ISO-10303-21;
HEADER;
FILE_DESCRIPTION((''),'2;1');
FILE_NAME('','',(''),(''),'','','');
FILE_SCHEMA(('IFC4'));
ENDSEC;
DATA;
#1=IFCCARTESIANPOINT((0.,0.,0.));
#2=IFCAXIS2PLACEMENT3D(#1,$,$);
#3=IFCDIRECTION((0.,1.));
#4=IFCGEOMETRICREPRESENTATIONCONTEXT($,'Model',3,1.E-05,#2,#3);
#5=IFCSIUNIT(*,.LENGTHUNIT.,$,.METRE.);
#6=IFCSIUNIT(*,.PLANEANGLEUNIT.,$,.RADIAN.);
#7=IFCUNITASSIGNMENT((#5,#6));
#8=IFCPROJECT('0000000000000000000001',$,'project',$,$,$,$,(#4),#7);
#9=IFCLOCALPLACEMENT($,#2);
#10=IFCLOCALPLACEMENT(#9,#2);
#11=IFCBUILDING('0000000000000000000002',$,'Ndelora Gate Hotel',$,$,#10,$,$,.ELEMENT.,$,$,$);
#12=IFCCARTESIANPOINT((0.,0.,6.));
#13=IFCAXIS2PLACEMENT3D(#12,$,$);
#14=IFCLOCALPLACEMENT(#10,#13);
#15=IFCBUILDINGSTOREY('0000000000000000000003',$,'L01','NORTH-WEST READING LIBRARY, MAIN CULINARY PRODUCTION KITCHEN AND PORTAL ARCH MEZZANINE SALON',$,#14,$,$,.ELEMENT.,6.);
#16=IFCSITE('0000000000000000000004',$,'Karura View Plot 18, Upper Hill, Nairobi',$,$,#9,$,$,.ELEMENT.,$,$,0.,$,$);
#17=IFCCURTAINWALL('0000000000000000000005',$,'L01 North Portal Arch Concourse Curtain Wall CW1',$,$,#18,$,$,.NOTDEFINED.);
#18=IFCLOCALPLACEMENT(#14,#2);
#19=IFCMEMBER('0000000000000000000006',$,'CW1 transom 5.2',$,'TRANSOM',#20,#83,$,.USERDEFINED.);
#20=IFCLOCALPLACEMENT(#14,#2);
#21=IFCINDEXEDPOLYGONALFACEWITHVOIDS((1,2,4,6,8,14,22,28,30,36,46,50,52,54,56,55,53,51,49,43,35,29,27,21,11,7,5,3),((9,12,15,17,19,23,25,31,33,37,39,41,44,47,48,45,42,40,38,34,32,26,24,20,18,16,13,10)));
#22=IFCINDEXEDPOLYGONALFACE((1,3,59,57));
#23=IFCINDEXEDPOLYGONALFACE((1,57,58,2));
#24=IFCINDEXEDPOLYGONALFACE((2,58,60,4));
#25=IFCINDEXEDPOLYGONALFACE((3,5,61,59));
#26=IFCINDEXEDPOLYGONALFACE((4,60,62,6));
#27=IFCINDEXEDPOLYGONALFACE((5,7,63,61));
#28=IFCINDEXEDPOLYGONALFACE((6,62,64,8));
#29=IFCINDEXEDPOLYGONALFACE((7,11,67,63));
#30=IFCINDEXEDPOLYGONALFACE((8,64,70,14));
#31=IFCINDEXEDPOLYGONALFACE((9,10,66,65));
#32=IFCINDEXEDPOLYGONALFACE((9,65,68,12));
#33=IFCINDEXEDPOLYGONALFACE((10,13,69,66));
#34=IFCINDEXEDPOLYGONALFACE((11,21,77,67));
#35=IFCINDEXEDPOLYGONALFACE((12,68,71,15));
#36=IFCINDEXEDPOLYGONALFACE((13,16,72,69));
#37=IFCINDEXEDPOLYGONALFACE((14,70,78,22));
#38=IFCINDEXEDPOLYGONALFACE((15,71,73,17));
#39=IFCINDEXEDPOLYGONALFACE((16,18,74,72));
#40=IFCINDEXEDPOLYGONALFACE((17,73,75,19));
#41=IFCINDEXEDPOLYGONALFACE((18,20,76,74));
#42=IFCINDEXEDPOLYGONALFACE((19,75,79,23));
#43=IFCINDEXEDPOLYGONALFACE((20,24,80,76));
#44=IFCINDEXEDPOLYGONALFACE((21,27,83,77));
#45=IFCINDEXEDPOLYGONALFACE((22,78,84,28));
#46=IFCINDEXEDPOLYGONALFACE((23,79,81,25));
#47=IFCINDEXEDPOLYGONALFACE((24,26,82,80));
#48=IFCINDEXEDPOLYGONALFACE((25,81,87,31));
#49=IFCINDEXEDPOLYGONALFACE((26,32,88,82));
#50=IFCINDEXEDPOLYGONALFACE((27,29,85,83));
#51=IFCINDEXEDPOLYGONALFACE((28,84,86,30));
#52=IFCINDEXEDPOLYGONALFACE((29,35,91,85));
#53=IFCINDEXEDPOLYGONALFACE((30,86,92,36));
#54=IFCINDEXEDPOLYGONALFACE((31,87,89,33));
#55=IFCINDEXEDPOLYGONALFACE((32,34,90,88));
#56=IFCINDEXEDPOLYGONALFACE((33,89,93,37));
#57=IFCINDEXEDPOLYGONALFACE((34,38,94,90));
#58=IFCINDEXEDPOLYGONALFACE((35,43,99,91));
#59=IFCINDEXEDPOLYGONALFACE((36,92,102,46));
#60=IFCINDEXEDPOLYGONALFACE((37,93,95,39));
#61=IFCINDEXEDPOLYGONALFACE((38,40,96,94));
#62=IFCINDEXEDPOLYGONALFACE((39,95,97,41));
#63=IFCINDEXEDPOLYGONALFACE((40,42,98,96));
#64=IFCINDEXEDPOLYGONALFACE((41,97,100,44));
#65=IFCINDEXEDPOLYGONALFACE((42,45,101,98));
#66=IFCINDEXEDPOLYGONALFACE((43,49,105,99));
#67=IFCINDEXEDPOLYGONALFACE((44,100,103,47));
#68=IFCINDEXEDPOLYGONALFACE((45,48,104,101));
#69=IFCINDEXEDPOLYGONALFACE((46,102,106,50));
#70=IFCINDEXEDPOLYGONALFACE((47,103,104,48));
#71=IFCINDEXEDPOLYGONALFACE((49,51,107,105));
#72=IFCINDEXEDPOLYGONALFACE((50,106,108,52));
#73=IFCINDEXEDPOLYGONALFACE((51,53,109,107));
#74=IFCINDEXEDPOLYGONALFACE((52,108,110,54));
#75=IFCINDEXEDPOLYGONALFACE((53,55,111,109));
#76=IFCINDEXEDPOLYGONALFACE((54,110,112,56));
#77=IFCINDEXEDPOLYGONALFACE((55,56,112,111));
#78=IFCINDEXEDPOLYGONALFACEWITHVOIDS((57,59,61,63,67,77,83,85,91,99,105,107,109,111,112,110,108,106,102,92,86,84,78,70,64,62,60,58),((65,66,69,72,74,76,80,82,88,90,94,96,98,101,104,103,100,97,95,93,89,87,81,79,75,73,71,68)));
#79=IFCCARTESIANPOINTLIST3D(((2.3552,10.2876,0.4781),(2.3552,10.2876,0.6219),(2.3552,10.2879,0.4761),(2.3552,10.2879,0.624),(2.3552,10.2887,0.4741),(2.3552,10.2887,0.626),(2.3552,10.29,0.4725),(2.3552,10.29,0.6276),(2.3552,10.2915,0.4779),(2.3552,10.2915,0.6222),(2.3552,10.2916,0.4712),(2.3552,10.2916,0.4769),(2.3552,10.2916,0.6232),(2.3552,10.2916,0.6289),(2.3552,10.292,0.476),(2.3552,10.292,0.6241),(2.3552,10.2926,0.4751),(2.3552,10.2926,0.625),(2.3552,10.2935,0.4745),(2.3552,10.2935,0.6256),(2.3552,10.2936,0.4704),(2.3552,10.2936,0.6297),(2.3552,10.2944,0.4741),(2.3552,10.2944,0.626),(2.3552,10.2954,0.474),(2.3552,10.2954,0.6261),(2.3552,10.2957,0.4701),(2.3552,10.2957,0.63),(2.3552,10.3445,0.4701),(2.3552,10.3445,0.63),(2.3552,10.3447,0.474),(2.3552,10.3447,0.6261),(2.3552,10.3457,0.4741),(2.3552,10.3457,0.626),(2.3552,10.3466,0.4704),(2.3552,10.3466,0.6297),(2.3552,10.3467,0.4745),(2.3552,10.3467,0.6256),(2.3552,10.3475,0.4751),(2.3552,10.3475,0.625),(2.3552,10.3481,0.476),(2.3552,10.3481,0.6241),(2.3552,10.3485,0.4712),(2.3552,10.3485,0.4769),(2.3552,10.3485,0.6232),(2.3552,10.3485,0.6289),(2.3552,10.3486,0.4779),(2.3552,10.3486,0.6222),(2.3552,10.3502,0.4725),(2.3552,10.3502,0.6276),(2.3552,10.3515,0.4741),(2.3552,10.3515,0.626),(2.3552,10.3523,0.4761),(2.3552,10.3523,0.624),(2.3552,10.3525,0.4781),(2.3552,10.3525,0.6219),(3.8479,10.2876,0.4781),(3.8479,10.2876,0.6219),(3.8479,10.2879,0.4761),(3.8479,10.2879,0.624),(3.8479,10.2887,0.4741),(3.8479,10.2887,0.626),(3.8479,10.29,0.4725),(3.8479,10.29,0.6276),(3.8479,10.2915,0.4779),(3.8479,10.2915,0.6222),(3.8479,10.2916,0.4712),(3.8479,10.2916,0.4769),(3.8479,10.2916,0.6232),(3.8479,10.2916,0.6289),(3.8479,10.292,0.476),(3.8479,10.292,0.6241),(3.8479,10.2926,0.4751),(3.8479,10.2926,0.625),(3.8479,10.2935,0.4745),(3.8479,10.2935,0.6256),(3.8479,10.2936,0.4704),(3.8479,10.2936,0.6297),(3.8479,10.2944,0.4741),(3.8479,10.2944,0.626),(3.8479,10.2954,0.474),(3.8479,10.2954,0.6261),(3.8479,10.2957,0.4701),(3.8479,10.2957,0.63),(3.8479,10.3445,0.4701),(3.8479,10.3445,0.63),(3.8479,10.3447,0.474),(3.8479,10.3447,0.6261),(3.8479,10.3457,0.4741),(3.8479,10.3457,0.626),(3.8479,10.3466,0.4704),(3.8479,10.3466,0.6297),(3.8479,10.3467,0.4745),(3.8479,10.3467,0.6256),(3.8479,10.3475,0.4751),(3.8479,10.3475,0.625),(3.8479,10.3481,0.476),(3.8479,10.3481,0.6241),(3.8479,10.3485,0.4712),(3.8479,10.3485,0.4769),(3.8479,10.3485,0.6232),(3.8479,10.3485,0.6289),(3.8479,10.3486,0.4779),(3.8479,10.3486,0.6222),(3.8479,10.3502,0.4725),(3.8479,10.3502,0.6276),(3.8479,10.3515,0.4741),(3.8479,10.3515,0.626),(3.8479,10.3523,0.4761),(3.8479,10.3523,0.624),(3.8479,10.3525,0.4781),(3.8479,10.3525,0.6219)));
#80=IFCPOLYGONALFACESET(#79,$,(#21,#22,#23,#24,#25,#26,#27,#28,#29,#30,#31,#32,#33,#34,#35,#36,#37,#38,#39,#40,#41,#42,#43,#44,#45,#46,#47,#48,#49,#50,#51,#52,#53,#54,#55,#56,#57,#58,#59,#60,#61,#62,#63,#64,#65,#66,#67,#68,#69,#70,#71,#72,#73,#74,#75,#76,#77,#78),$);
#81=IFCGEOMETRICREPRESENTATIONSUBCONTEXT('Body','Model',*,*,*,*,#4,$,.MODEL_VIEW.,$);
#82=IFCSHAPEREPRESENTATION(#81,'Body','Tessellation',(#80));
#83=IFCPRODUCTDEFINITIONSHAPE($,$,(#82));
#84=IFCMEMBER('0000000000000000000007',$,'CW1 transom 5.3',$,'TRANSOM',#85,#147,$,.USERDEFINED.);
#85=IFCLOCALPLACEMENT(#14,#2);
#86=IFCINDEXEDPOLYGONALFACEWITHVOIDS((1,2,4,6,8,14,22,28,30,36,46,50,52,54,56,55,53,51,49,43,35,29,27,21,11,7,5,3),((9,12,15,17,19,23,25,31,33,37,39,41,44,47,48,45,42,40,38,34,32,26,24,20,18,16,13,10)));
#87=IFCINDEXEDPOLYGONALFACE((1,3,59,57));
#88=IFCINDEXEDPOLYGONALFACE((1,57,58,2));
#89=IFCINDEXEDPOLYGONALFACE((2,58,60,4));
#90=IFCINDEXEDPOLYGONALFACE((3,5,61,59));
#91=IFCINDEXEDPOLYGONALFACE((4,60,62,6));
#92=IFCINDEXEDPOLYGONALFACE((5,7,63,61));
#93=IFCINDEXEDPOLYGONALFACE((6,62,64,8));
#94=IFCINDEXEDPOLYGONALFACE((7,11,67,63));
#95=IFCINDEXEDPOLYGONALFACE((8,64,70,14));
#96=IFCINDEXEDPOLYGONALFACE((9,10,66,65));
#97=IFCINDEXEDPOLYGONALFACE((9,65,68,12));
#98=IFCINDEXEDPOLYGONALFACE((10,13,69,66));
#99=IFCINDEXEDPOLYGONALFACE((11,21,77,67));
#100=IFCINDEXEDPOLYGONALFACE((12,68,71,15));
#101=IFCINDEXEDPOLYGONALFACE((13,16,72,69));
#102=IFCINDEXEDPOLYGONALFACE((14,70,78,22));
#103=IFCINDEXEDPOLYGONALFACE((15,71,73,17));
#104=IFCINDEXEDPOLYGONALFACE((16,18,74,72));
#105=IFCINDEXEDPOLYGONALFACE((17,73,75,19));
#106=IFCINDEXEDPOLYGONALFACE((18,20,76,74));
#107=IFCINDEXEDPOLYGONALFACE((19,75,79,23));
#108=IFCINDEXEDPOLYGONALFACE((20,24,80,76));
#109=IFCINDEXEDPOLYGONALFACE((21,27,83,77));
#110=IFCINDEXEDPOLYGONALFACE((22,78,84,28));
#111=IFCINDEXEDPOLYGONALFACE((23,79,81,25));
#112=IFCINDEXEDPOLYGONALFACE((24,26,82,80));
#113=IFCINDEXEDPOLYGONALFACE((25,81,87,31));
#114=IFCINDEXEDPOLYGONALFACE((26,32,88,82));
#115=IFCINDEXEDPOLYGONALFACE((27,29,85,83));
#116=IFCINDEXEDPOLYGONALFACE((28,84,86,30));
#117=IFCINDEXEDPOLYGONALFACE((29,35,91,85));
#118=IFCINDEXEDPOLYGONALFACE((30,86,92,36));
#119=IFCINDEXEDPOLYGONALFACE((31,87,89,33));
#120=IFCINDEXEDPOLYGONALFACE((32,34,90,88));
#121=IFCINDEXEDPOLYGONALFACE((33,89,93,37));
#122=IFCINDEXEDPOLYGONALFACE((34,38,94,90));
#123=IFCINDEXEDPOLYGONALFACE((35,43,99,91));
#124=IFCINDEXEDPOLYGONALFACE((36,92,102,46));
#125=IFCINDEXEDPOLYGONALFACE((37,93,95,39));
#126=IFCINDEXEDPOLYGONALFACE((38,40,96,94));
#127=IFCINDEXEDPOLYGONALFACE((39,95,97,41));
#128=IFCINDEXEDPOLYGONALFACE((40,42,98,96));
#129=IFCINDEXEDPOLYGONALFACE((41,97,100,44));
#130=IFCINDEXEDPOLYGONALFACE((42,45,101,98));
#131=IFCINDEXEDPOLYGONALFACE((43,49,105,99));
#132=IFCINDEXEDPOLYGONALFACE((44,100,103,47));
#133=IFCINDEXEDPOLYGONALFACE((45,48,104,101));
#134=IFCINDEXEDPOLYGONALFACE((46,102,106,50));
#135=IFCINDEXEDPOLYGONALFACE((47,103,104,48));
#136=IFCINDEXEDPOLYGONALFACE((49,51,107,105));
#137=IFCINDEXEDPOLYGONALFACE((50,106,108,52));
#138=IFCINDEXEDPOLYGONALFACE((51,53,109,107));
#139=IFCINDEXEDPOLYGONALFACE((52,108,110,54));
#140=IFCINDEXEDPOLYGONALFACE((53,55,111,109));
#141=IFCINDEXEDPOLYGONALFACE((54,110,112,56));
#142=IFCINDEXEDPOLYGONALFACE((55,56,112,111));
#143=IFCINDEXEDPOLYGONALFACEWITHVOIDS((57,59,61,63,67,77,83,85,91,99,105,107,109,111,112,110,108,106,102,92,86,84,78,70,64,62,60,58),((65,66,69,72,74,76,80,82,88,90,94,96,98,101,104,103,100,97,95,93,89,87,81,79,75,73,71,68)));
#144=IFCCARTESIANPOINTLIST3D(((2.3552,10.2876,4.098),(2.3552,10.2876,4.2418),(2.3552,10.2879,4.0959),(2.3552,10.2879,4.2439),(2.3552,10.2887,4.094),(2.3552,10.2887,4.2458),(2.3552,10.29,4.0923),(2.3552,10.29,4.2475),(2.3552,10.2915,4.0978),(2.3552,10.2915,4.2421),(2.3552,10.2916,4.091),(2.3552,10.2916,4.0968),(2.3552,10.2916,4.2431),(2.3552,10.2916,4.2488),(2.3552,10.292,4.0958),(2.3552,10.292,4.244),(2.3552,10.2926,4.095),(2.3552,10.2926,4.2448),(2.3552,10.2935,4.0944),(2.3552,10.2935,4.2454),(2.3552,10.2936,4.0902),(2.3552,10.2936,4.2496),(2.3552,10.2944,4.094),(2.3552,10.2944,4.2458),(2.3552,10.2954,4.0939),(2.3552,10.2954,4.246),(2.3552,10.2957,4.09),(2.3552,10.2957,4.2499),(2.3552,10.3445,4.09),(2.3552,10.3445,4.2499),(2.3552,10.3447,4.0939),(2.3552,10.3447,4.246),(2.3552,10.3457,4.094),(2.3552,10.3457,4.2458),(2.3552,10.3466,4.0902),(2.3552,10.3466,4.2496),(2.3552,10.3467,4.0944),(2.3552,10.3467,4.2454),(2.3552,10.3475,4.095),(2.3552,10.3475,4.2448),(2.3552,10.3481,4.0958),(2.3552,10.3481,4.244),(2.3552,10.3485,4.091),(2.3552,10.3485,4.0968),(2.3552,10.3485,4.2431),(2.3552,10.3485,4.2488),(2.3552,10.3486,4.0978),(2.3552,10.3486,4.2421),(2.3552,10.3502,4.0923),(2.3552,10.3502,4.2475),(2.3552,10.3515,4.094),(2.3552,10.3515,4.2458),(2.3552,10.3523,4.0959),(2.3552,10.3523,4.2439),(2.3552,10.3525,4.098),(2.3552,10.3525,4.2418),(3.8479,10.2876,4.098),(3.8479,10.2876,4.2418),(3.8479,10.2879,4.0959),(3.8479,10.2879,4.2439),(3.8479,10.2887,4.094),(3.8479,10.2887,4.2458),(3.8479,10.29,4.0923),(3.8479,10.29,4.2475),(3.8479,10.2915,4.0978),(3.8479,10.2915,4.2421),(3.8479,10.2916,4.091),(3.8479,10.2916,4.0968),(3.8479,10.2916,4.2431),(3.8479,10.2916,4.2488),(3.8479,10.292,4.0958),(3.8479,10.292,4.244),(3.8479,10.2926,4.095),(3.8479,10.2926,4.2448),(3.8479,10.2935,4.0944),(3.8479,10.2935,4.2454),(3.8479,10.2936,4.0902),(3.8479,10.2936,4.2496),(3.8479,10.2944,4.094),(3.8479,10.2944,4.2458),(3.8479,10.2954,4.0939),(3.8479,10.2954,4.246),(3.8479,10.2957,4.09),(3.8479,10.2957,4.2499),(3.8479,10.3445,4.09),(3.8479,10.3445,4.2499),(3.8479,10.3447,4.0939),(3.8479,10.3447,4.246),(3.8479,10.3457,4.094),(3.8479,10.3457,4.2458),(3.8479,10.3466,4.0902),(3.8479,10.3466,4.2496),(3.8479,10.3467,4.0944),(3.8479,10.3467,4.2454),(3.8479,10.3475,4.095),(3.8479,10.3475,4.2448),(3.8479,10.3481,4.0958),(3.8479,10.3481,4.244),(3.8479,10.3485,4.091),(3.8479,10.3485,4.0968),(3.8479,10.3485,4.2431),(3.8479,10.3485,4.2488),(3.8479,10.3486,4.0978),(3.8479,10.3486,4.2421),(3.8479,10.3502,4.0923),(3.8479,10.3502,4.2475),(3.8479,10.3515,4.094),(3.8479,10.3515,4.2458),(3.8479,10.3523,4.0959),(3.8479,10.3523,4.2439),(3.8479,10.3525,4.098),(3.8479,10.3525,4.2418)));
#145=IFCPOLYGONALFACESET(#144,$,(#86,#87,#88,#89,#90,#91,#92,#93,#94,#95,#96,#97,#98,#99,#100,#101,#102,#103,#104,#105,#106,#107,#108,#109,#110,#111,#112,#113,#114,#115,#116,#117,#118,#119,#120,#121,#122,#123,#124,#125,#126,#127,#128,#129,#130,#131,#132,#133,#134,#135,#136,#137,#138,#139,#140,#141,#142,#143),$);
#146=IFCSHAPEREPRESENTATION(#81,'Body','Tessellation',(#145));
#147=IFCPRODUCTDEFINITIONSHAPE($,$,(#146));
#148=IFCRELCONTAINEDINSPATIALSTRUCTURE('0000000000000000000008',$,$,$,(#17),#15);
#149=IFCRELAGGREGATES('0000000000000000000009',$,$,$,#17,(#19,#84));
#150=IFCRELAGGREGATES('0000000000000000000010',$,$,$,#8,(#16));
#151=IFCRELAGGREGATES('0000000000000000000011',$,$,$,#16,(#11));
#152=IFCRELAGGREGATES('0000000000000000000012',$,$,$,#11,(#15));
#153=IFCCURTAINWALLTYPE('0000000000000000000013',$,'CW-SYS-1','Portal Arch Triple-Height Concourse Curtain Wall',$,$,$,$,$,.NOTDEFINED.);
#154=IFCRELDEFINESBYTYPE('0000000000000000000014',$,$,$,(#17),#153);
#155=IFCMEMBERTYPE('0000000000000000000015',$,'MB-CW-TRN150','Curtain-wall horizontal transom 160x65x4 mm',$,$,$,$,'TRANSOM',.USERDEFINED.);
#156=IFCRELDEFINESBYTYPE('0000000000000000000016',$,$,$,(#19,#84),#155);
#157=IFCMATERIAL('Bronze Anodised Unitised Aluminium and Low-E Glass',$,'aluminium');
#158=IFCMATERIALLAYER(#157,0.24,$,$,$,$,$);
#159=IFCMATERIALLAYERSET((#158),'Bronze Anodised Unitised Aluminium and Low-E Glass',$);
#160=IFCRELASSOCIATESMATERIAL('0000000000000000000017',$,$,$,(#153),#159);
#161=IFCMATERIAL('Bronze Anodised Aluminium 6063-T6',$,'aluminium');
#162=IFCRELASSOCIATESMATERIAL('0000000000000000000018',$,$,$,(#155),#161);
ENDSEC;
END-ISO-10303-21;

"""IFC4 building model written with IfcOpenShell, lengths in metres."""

from ifc_helpers import new_model, si_unit, direction, frame, origin, origin_2d, place, context, subcontext, project, spatial, hollow_rectangle, extrude, material, layer, layer_set, material_profile, profile_set, type_object, element, aggregate, save


model = new_model("IFC4")

# Units and contexts
model_context = context("Model", 3, precision=1e-05, world=origin(), true_north=direction((0.0, 1.0)))
body_context = subcontext(model_context, "Body", "Model", "MODEL_VIEW")
ifc_project = project(units=[si_unit("LENGTHUNIT", "METRE"), si_unit("PLANEANGLEUNIT", "RADIAN")], contexts=[model_context])

# Site, building, storey
site_placement = place(None, origin())
site = spatial("IfcSite", under=ifc_project, at=site_placement, Name="Karura View Plot 18, Upper Hill, Nairobi", CompositionType="ELEMENT", RefElevation=0.0)
building_placement = place(site_placement, origin())
building = spatial("IfcBuilding", under=site, at=building_placement, Name="Ndelora Gate Hotel", CompositionType="ELEMENT")
storey_placement = place(building_placement, frame((0.0, 0.0, 6.0)))
storey = spatial("IfcBuildingStorey", under=building, at=storey_placement, Name="L01", Description="NORTH-WEST READING LIBRARY, MAIN CULINARY PRODUCTION KITCHEN AND PORTAL ARCH MEZZANINE SALON", CompositionType="ELEMENT", Elevation=6.0)

# Curtain wall, members
ifc_material_1 = material(Name="Bronze Anodised Unitised Aluminium and Low-E Glass", Category="aluminium")
ifc_layer_1 = layer(ifc_material_1, 0.24)
ifc_layer_set_1 = layer_set([ifc_layer_1], Name="Bronze Anodised Unitised Aluminium and Low-E Glass")
curtain_wall_type = type_object("IfcCurtainWallType", Name="CW-SYS-1", Description="Portal Arch Triple-Height Concourse Curtain Wall", PredefinedType="NOTDEFINED", material=ifc_layer_set_1)
curtain_wall_placement = place(storey_placement, origin())
curtain_wall = element("IfcCurtainWall", 1, at=curtain_wall_placement, inside=storey, type_object=curtain_wall_type, Name="L01 North Portal Arch Concourse Curtain Wall CW1", PredefinedType="NOTDEFINED")
ifc_material_2 = material(Name="Bronze Anodised Aluminium 6063-T6", Category="aluminium")
ifc_material_profile_1 = material_profile(ifc_material_2, hollow_rectangle(XDim=0.0649, YDim=0.1599, WallThickness=0.0039, InnerFilletRadius=0.0039, OuterFilletRadius=0.0081, at=origin_2d()), Name="ALU 160x65x4")
ifc_profile_set_1 = profile_set([ifc_material_profile_1], Name="Bronze Anodised Aluminium 6063-T6")
member_type_1 = type_object("IfcMemberType", Name="MB-CW-TRN150", Description="Curtain-wall horizontal transom 160x65x4 mm", ElementType="TRANSOM", PredefinedType="USERDEFINED", material=ifc_profile_set_1)
member_1_placement = place(storey_placement, frame((3.8479, 10.3201, 0.55), z_axis=(-1.0, 0.0, 0.0), x_axis=(0.0, -1.0, 0.0)))
member_1 = element("IfcMember", 2, at=member_1_placement, type_object=member_type_1, Name="CW1 transom 5.2", ObjectType="TRANSOM", PredefinedType="USERDEFINED", context=body_context, shape_type="SweptSolid", body=[
    extrude(hollow_rectangle(XDim=0.0649, YDim=0.1599, WallThickness=0.0039, InnerFilletRadius=0.0039, OuterFilletRadius=0.0081, at=origin_2d()), origin(), (0.0, 0.0, 1.0), 1.4927),
])
member_2_placement = place(storey_placement, frame((3.8479, 10.3201, 4.1699), z_axis=(-1.0, 0.0, 0.0), x_axis=(0.0, -1.0, 0.0)))
member_2 = element("IfcMember", 3, at=member_2_placement, type_object=member_type_1, Name="CW1 transom 5.3", ObjectType="TRANSOM", PredefinedType="USERDEFINED", context=body_context, shape_type="SweptSolid", body=[
    extrude(hollow_rectangle(XDim=0.0649, YDim=0.1599, WallThickness=0.0039, InnerFilletRadius=0.0039, OuterFilletRadius=0.0081, at=origin_2d()), origin(), (0.0, 0.0, 1.0), 1.4927),
])
aggregate(curtain_wall, [member_1, member_2])

save(model, "model.ifc")
